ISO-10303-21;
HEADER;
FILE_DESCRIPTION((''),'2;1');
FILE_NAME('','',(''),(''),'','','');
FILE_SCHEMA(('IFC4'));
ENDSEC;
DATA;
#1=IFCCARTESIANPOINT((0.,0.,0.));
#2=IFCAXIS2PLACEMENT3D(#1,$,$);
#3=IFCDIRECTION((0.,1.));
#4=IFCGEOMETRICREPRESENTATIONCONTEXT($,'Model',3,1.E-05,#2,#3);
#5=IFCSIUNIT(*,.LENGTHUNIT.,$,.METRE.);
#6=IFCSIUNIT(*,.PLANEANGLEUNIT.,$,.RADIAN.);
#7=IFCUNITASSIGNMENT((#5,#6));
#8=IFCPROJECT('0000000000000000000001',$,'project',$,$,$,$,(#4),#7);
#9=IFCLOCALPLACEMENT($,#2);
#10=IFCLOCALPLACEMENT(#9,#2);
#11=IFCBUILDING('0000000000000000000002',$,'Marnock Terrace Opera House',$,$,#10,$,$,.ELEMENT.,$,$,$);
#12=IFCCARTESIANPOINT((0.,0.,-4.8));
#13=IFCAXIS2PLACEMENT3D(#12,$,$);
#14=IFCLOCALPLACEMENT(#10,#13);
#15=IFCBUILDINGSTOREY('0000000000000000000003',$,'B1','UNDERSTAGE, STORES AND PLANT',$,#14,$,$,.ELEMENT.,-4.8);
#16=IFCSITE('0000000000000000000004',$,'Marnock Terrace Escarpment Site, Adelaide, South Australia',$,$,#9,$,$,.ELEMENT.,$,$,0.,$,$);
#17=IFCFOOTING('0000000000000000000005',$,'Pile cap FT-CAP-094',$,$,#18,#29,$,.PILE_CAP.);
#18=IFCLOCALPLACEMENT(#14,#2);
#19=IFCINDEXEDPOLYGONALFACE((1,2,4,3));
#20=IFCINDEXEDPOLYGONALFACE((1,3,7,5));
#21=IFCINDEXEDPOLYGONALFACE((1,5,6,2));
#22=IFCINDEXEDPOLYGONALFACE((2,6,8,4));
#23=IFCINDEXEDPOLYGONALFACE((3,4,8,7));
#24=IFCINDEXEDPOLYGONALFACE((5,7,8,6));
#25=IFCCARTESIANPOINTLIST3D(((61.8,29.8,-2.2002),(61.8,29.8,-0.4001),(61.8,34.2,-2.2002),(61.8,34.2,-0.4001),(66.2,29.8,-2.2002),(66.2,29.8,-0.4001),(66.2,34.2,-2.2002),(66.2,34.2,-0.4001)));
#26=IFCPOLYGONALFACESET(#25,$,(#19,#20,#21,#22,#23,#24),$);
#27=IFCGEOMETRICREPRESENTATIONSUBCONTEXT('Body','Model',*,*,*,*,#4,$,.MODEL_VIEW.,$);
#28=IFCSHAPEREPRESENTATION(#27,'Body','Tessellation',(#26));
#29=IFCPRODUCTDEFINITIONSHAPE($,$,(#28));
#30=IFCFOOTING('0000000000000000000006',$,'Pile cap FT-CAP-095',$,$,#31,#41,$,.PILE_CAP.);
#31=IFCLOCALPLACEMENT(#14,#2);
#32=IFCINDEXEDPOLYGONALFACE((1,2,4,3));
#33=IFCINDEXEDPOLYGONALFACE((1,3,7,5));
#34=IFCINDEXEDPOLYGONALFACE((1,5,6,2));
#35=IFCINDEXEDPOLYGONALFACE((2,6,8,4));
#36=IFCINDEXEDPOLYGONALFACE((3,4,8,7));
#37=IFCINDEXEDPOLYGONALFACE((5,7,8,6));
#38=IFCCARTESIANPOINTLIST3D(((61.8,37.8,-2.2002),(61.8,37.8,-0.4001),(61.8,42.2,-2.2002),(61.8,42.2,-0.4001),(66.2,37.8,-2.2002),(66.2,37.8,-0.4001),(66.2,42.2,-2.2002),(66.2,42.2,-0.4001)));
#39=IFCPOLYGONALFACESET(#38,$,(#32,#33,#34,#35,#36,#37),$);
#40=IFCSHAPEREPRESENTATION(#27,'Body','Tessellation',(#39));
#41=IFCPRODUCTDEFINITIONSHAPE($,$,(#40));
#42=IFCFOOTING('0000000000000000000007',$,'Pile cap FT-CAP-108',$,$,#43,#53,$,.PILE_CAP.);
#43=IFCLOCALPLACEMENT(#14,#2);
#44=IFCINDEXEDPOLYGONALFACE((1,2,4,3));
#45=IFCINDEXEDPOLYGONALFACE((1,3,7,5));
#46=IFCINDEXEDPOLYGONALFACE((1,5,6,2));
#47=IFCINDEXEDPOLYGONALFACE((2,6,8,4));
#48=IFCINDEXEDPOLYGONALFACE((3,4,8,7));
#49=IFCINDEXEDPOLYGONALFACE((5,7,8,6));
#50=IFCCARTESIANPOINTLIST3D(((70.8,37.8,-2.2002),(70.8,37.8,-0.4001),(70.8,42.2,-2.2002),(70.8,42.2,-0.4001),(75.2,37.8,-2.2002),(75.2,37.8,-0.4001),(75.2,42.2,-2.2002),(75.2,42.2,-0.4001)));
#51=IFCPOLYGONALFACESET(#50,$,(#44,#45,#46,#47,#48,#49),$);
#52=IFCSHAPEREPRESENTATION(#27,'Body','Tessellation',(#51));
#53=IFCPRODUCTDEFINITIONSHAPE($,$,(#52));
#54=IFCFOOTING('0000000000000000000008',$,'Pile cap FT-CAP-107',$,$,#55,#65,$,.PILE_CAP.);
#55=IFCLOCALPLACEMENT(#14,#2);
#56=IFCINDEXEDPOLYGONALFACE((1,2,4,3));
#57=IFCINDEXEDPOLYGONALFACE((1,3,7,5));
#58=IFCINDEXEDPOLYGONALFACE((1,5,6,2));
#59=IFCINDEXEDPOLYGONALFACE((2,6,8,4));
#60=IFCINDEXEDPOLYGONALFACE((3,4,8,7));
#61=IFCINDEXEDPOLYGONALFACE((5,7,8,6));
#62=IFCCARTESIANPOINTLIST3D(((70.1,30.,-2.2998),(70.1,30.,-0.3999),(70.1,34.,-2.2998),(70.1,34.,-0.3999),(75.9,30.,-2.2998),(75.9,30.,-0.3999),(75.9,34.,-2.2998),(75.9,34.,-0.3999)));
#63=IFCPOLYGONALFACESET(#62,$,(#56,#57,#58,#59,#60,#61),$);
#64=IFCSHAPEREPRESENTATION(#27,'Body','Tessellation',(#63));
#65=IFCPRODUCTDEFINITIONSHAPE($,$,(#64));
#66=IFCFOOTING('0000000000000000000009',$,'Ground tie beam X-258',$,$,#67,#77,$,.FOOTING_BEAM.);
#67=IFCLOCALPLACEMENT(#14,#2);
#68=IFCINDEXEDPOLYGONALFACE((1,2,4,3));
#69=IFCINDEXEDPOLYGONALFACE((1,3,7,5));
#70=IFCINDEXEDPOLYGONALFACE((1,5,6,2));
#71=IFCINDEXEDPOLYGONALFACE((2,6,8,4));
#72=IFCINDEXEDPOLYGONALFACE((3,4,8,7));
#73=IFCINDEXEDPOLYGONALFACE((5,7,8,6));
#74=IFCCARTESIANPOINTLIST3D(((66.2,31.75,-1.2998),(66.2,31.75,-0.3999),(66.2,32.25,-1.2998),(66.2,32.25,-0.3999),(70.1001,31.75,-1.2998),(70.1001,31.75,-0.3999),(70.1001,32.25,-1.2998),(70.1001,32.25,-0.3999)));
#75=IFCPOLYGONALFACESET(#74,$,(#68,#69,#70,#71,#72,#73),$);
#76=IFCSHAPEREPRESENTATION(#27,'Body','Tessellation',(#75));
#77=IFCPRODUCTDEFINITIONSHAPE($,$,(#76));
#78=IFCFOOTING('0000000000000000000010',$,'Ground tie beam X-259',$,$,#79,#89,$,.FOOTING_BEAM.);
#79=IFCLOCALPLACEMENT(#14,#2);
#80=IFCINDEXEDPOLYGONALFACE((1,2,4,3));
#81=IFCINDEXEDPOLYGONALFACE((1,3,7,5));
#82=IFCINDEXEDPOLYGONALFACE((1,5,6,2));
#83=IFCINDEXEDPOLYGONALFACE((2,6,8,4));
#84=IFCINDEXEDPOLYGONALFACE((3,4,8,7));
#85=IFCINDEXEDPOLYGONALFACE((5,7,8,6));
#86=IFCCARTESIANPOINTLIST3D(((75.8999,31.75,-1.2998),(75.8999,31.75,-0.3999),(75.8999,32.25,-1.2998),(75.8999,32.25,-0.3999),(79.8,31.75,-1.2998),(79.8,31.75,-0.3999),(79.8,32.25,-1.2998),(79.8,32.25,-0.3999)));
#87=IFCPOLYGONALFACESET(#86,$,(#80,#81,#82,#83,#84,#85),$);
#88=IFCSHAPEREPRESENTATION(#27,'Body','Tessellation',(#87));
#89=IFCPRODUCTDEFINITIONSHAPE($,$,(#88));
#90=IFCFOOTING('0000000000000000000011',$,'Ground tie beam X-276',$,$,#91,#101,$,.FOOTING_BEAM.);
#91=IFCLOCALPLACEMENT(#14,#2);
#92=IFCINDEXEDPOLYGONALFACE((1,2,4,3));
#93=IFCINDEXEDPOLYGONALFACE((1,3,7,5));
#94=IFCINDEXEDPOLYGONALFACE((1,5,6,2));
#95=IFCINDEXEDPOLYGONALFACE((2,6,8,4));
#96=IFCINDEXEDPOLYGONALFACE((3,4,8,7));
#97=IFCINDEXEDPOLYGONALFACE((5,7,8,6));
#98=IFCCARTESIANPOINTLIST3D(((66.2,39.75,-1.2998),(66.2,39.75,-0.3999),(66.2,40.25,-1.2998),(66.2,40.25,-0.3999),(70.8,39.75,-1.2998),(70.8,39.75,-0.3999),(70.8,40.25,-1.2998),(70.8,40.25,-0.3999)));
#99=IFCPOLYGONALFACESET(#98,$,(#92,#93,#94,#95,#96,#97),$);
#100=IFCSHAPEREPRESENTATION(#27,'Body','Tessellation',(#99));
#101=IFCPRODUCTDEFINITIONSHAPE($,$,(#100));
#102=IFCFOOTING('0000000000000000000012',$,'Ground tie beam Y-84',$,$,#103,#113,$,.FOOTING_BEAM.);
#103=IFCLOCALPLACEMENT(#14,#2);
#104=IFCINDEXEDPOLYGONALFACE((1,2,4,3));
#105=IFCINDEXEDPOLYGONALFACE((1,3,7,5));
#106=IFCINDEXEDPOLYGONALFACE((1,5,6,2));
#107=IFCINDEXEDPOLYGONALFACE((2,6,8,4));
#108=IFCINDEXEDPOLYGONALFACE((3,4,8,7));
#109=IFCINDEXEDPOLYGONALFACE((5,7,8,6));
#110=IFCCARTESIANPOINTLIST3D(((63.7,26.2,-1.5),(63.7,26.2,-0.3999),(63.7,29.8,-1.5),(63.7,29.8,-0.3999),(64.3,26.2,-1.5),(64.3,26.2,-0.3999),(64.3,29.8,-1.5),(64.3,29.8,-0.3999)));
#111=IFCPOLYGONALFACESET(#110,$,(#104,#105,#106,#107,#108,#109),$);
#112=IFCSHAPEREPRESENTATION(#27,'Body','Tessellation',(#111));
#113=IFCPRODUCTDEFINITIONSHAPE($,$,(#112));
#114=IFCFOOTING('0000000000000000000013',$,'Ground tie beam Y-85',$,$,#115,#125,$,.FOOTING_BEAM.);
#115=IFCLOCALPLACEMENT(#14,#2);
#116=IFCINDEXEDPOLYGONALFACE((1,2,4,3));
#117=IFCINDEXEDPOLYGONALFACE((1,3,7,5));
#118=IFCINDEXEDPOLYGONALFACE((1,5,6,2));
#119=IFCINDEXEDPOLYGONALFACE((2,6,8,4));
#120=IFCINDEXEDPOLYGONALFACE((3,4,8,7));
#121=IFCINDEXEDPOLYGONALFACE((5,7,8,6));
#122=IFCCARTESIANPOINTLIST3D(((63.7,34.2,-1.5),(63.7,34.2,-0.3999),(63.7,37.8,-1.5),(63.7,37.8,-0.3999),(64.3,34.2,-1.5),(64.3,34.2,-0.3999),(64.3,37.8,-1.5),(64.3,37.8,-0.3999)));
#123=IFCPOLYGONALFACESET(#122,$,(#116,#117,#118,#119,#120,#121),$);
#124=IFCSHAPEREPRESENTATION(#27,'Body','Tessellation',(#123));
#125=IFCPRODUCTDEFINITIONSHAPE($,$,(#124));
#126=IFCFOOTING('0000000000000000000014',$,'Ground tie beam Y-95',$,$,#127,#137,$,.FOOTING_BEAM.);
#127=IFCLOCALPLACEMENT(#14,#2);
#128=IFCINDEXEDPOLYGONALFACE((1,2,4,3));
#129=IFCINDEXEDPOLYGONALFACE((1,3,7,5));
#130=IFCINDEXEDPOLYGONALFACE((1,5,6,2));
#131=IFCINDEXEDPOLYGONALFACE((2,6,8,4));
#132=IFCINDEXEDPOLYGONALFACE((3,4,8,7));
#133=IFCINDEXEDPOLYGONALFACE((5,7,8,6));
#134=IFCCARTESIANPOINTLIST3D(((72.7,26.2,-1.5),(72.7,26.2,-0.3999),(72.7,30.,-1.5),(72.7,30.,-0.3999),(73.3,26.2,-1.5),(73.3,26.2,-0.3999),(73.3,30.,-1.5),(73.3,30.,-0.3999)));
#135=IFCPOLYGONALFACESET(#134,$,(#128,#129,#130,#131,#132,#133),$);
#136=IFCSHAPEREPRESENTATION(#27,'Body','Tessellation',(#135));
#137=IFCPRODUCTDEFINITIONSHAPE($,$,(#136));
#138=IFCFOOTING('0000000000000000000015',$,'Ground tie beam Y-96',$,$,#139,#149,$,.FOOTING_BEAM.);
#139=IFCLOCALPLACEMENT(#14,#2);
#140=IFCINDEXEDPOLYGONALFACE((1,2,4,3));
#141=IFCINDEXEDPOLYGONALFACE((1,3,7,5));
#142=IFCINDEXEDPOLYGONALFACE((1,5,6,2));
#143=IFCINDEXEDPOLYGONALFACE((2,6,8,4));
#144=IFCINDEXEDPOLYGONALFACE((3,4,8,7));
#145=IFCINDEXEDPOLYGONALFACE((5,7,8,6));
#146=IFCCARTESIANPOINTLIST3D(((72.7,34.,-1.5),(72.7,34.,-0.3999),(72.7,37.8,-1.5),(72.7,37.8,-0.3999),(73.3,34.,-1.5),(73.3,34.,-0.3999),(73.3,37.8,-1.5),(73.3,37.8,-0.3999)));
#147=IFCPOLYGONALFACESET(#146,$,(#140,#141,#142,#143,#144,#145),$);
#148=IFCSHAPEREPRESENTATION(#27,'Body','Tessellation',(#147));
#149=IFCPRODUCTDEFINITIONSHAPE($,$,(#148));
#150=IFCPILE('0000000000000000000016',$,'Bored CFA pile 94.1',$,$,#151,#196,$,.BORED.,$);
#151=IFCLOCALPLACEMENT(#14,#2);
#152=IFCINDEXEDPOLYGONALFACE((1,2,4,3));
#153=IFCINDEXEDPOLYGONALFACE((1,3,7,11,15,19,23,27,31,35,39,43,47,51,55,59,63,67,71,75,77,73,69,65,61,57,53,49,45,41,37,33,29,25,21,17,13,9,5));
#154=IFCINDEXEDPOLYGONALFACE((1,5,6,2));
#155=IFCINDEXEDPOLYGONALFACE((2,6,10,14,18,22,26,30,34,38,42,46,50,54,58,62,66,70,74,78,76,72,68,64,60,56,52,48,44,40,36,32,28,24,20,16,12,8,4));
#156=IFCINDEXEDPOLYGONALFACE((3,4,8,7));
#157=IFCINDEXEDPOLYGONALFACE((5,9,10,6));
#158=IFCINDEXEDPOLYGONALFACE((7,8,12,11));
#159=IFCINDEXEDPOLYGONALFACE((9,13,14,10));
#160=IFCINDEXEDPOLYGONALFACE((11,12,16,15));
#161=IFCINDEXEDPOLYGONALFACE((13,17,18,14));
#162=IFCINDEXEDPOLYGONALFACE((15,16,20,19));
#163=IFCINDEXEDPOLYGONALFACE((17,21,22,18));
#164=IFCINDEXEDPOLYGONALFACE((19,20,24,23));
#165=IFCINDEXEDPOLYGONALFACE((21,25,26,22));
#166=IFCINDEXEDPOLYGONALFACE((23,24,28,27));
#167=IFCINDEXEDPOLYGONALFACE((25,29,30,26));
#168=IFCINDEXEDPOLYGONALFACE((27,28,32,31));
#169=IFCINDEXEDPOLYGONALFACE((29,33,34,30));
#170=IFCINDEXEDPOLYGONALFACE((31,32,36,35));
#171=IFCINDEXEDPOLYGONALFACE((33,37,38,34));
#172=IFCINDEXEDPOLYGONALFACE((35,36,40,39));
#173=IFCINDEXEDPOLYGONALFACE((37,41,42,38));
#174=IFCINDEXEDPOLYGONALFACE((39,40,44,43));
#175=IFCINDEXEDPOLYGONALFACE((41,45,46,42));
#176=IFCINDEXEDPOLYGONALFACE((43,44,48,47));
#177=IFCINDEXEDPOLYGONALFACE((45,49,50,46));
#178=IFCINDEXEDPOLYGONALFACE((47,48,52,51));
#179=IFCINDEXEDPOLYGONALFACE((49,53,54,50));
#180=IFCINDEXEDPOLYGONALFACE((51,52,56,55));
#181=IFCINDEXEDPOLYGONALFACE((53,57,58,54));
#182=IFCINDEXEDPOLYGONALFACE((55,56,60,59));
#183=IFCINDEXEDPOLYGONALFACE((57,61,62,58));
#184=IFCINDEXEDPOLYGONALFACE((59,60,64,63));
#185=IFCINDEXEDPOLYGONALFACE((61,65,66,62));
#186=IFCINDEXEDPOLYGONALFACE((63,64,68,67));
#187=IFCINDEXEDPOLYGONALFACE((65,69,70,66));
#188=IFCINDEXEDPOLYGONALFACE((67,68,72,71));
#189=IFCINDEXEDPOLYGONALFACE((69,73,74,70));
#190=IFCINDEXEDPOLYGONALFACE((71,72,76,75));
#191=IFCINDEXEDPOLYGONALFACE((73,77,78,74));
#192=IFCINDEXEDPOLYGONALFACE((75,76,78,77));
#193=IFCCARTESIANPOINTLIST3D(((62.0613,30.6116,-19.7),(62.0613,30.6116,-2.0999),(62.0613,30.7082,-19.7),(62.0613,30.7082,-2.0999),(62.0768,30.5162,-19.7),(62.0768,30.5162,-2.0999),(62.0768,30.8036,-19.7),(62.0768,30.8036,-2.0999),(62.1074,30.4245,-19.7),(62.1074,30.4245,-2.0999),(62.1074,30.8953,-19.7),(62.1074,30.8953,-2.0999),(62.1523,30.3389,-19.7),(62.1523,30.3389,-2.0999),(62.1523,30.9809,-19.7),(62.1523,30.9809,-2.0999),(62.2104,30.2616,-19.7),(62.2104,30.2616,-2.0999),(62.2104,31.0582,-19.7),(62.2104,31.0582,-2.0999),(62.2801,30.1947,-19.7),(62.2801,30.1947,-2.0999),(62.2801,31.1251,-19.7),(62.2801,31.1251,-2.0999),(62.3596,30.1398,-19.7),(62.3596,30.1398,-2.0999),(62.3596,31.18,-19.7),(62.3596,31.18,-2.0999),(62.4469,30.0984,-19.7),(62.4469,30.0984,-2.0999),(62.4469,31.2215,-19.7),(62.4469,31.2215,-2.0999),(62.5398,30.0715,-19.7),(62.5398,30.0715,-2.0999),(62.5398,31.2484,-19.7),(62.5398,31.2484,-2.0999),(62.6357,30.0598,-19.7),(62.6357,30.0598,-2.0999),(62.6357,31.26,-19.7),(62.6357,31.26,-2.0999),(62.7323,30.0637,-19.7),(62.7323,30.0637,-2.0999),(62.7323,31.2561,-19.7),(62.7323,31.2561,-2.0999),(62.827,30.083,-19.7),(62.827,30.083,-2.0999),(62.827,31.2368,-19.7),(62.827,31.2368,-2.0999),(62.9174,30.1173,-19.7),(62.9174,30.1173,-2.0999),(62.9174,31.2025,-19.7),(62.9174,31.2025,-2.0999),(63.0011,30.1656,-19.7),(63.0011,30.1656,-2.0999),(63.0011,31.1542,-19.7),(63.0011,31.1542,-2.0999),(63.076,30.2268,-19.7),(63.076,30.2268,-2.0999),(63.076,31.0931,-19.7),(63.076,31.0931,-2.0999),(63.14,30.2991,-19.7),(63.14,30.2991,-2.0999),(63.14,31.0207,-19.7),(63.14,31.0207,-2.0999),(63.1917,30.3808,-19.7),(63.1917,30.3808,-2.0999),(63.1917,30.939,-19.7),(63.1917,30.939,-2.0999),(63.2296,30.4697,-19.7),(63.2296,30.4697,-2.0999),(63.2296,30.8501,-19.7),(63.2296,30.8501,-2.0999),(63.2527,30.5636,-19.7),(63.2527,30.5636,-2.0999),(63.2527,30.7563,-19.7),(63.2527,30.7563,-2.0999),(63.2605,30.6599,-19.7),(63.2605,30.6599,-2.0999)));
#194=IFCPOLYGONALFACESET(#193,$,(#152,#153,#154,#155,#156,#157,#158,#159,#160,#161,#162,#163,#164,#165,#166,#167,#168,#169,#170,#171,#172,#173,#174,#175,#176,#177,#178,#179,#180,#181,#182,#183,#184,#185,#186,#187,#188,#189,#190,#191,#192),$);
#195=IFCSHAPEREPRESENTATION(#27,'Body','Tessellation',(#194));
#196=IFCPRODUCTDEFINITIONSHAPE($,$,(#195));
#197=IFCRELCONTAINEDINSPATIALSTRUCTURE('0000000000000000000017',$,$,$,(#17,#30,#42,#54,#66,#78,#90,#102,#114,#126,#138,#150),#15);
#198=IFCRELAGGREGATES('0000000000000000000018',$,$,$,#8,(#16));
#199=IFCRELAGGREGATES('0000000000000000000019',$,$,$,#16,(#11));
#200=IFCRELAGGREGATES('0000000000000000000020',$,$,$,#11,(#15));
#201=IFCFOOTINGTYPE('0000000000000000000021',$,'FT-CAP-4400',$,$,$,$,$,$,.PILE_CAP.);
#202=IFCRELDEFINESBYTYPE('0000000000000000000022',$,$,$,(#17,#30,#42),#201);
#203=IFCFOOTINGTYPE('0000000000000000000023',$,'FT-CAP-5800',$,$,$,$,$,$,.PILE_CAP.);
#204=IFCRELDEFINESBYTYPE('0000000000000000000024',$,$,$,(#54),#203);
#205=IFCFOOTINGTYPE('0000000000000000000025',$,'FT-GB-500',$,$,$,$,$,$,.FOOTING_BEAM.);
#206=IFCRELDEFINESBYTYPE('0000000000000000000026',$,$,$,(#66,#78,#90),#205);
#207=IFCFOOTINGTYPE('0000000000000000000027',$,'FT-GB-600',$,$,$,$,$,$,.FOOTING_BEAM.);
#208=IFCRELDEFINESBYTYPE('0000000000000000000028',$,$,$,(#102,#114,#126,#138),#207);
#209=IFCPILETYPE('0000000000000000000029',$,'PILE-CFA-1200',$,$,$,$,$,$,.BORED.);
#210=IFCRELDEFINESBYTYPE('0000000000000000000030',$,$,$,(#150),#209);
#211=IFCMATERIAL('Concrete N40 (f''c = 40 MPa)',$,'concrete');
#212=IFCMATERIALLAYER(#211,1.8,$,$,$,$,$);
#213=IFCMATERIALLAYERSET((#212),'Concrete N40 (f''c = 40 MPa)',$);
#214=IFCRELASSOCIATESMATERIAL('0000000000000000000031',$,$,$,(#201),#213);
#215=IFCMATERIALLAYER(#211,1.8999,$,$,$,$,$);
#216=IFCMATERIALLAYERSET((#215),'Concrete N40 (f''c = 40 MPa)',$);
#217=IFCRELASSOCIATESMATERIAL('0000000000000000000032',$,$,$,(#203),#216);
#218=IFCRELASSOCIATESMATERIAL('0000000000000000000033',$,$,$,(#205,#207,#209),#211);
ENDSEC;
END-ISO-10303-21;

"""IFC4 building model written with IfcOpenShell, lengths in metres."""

from ifc_helpers import new_model, si_unit, direction, frame, origin, origin_2d, place, context, subcontext, project, spatial, rectangle, circle, extrude, material, layer, layer_set, material_profile, profile_set, type_object, element, save


model = new_model("IFC4")

# Units and contexts
model_context = context("Model", 3, precision=1e-05, world=origin(), true_north=direction((0.0, 1.0)))
body_context = subcontext(model_context, "Body", "Model", "MODEL_VIEW")
ifc_project = project(units=[si_unit("LENGTHUNIT", "METRE"), si_unit("PLANEANGLEUNIT", "RADIAN")], contexts=[model_context])

# Site, building, storey
site_placement = place(None, origin())
site = spatial("IfcSite", under=ifc_project, at=site_placement, Name="Marnock Terrace Escarpment Site, Adelaide, South Australia", CompositionType="ELEMENT", RefElevation=0.0)
building_placement = place(site_placement, origin())
building = spatial("IfcBuilding", under=site, at=building_placement, Name="Marnock Terrace Opera House", CompositionType="ELEMENT")
storey_placement = place(building_placement, frame((0.0, 0.0, -4.8)))
storey = spatial("IfcBuildingStorey", under=building, at=storey_placement, Name="B1", Description="UNDERSTAGE, STORES AND PLANT", CompositionType="ELEMENT", Elevation=-4.8)

# Footings
ifc_material_1 = material(Name="Concrete N40 (f'c = 40 MPa)", Category="concrete")
ifc_layer_1 = layer(ifc_material_1, 1.8)
ifc_layer_set_1 = layer_set([ifc_layer_1], Name="Concrete N40 (f'c = 40 MPa)")
footing_type_1 = type_object("IfcFootingType", Name="FT-CAP-4400", PredefinedType="PILE_CAP", material=ifc_layer_set_1)
for number, where, z_axis, x_axis, name in (
    (1, (64.0, 32.0, -2.2002), (0.0, 0.0, 1.0), (1.0, 0.0, 0.0), "Pile cap FT-CAP-094"),
    (2, (64.0, 40.0, -2.2002), (0.0, 0.0, 1.0), (1.0, 0.0, 0.0), "Pile cap FT-CAP-095"),
    (3, (73.0, 40.0, -2.2002), (0.0, 0.0, 1.0), (1.0, 0.0, 0.0), "Pile cap FT-CAP-108"),
):
    element("IfcFooting", number, at=place(storey_placement, frame(where, z_axis=z_axis, x_axis=x_axis)), inside=storey, type_object=footing_type_1, Name=name, PredefinedType="PILE_CAP", context=body_context, shape_type="SweptSolid", body=[
        extrude(rectangle(XDim=4.3999, YDim=4.3999, at=origin_2d()), origin(), (0.0, 0.0, 1.0), 1.8),
    ])
ifc_layer_2 = layer(ifc_material_1, 1.8999)
ifc_layer_set_2 = layer_set([ifc_layer_2], Name="Concrete N40 (f'c = 40 MPa)")
footing_type_2 = type_object("IfcFootingType", Name="FT-CAP-5800", PredefinedType="PILE_CAP", material=ifc_layer_set_2)
footing_1_placement = place(storey_placement, frame((73.0, 32.0, -2.2998), z_axis=(0.0, 0.0, 1.0), x_axis=(1.0, 0.0, 0.0)))
element("IfcFooting", 4, at=footing_1_placement, inside=storey, type_object=footing_type_2, Name="Pile cap FT-CAP-107", PredefinedType="PILE_CAP", context=body_context, shape_type="SweptSolid", body=[
    extrude(rectangle(XDim=5.8, YDim=4.0, at=origin_2d()), origin(), (0.0, 0.0, 1.0), 1.8999),
])
ifc_material_profile_1 = material_profile(ifc_material_1, rectangle(XDim=0.5, YDim=0.8999, at=origin_2d()))
ifc_profile_set_1 = profile_set([ifc_material_profile_1], Name="Concrete N40 (f'c = 40 MPa)")
footing_type_3 = type_object("IfcFootingType", Name="FT-GB-500", PredefinedType="FOOTING_BEAM", material=ifc_profile_set_1)
for number, where, z_axis, x_axis, name in (
    (5, (66.2, 32.0, -0.8499), (1.0, 0.0, 0.0), (0.0, 1.0, 0.0), "Ground tie beam X-258"),
    (6, (75.8999, 32.0, -0.8499), (1.0, 0.0, 0.0), (0.0, 1.0, 0.0), "Ground tie beam X-259"),
):
    element("IfcFooting", number, at=place(storey_placement, frame(where, z_axis=z_axis, x_axis=x_axis)), inside=storey, type_object=footing_type_3, Name=name, PredefinedType="FOOTING_BEAM", context=body_context, shape_type="SweptSolid", body=[
        extrude(rectangle(XDim=0.5, YDim=0.8999, at=origin_2d()), origin(), (0.0, 0.0, 1.0), 3.9001),
    ])
footing_2_placement = place(storey_placement, frame((66.2, 40.0, -0.8499), z_axis=(1.0, 0.0, 0.0), x_axis=(0.0, 1.0, 0.0)))
element("IfcFooting", 7, at=footing_2_placement, inside=storey, type_object=footing_type_3, Name="Ground tie beam X-276", PredefinedType="FOOTING_BEAM", context=body_context, shape_type="SweptSolid", body=[
    extrude(rectangle(XDim=0.5, YDim=0.8999, at=origin_2d()), origin(), (0.0, 0.0, 1.0), 4.6001),
])
ifc_material_profile_2 = material_profile(ifc_material_1, rectangle(XDim=0.6001, YDim=1.1001, at=origin_2d()))
ifc_profile_set_2 = profile_set([ifc_material_profile_2], Name="Concrete N40 (f'c = 40 MPa)")
footing_type_4 = type_object("IfcFootingType", Name="FT-GB-600", PredefinedType="FOOTING_BEAM", material=ifc_profile_set_2)
for number, where, z_axis, x_axis, name in (
    (8, (64.0, 26.2, -0.95), (0.0, 1.0, 0.0), (-1.0, 0.0, 0.0), "Ground tie beam Y-84"),
    (9, (64.0, 34.2, -0.95), (0.0, 1.0, 0.0), (-1.0, 0.0, 0.0), "Ground tie beam Y-85"),
):
    element("IfcFooting", number, at=place(storey_placement, frame(where, z_axis=z_axis, x_axis=x_axis)), inside=storey, type_object=footing_type_4, Name=name, PredefinedType="FOOTING_BEAM", context=body_context, shape_type="SweptSolid", body=[
        extrude(rectangle(XDim=0.6001, YDim=1.1001, at=origin_2d()), origin(), (0.0, 0.0, 1.0), 3.6001),
    ])
for number, where, z_axis, x_axis, name in (
    (10, (73.0, 26.2, -0.95), (0.0, 1.0, 0.0), (-1.0, 0.0, 0.0), "Ground tie beam Y-95"),
    (11, (73.0, 34.0, -0.95), (0.0, 1.0, 0.0), (-1.0, 0.0, 0.0), "Ground tie beam Y-96"),
):
    element("IfcFooting", number, at=place(storey_placement, frame(where, z_axis=z_axis, x_axis=x_axis)), inside=storey, type_object=footing_type_4, Name=name, PredefinedType="FOOTING_BEAM", context=body_context, shape_type="SweptSolid", body=[
        extrude(rectangle(XDim=0.6001, YDim=1.1001, at=origin_2d()), origin(), (0.0, 0.0, 1.0), 3.8),
    ])

# Pile
ifc_material_profile_3 = material_profile(ifc_material_1, circle(Radius=0.6006, at=origin_2d()))
ifc_profile_set_3 = profile_set([ifc_material_profile_3], Name="Concrete N40 (f'c = 40 MPa)")
pile_type = type_object("IfcPileType", Name="PILE-CFA-1200", PredefinedType="BORED", material=ifc_profile_set_3)
for number, where, z_axis, x_axis, name in (
    (12, (62.6599, 30.6599, -2.0999), (0.0, 0.0, -1.0), (1.0, 0.0, 0.0), "Bored CFA pile 94.1"),
):
    element("IfcPile", number, at=place(storey_placement, frame(where, z_axis=z_axis, x_axis=x_axis)), inside=storey, type_object=pile_type, Name=name, PredefinedType="BORED", context=body_context, shape_type="SweptSolid", body=[
        extrude(circle(Radius=0.6006, at=origin_2d()), origin(), (0.0, 0.0, 1.0), 17.6001),
    ])

save(model, "model.ifc")
